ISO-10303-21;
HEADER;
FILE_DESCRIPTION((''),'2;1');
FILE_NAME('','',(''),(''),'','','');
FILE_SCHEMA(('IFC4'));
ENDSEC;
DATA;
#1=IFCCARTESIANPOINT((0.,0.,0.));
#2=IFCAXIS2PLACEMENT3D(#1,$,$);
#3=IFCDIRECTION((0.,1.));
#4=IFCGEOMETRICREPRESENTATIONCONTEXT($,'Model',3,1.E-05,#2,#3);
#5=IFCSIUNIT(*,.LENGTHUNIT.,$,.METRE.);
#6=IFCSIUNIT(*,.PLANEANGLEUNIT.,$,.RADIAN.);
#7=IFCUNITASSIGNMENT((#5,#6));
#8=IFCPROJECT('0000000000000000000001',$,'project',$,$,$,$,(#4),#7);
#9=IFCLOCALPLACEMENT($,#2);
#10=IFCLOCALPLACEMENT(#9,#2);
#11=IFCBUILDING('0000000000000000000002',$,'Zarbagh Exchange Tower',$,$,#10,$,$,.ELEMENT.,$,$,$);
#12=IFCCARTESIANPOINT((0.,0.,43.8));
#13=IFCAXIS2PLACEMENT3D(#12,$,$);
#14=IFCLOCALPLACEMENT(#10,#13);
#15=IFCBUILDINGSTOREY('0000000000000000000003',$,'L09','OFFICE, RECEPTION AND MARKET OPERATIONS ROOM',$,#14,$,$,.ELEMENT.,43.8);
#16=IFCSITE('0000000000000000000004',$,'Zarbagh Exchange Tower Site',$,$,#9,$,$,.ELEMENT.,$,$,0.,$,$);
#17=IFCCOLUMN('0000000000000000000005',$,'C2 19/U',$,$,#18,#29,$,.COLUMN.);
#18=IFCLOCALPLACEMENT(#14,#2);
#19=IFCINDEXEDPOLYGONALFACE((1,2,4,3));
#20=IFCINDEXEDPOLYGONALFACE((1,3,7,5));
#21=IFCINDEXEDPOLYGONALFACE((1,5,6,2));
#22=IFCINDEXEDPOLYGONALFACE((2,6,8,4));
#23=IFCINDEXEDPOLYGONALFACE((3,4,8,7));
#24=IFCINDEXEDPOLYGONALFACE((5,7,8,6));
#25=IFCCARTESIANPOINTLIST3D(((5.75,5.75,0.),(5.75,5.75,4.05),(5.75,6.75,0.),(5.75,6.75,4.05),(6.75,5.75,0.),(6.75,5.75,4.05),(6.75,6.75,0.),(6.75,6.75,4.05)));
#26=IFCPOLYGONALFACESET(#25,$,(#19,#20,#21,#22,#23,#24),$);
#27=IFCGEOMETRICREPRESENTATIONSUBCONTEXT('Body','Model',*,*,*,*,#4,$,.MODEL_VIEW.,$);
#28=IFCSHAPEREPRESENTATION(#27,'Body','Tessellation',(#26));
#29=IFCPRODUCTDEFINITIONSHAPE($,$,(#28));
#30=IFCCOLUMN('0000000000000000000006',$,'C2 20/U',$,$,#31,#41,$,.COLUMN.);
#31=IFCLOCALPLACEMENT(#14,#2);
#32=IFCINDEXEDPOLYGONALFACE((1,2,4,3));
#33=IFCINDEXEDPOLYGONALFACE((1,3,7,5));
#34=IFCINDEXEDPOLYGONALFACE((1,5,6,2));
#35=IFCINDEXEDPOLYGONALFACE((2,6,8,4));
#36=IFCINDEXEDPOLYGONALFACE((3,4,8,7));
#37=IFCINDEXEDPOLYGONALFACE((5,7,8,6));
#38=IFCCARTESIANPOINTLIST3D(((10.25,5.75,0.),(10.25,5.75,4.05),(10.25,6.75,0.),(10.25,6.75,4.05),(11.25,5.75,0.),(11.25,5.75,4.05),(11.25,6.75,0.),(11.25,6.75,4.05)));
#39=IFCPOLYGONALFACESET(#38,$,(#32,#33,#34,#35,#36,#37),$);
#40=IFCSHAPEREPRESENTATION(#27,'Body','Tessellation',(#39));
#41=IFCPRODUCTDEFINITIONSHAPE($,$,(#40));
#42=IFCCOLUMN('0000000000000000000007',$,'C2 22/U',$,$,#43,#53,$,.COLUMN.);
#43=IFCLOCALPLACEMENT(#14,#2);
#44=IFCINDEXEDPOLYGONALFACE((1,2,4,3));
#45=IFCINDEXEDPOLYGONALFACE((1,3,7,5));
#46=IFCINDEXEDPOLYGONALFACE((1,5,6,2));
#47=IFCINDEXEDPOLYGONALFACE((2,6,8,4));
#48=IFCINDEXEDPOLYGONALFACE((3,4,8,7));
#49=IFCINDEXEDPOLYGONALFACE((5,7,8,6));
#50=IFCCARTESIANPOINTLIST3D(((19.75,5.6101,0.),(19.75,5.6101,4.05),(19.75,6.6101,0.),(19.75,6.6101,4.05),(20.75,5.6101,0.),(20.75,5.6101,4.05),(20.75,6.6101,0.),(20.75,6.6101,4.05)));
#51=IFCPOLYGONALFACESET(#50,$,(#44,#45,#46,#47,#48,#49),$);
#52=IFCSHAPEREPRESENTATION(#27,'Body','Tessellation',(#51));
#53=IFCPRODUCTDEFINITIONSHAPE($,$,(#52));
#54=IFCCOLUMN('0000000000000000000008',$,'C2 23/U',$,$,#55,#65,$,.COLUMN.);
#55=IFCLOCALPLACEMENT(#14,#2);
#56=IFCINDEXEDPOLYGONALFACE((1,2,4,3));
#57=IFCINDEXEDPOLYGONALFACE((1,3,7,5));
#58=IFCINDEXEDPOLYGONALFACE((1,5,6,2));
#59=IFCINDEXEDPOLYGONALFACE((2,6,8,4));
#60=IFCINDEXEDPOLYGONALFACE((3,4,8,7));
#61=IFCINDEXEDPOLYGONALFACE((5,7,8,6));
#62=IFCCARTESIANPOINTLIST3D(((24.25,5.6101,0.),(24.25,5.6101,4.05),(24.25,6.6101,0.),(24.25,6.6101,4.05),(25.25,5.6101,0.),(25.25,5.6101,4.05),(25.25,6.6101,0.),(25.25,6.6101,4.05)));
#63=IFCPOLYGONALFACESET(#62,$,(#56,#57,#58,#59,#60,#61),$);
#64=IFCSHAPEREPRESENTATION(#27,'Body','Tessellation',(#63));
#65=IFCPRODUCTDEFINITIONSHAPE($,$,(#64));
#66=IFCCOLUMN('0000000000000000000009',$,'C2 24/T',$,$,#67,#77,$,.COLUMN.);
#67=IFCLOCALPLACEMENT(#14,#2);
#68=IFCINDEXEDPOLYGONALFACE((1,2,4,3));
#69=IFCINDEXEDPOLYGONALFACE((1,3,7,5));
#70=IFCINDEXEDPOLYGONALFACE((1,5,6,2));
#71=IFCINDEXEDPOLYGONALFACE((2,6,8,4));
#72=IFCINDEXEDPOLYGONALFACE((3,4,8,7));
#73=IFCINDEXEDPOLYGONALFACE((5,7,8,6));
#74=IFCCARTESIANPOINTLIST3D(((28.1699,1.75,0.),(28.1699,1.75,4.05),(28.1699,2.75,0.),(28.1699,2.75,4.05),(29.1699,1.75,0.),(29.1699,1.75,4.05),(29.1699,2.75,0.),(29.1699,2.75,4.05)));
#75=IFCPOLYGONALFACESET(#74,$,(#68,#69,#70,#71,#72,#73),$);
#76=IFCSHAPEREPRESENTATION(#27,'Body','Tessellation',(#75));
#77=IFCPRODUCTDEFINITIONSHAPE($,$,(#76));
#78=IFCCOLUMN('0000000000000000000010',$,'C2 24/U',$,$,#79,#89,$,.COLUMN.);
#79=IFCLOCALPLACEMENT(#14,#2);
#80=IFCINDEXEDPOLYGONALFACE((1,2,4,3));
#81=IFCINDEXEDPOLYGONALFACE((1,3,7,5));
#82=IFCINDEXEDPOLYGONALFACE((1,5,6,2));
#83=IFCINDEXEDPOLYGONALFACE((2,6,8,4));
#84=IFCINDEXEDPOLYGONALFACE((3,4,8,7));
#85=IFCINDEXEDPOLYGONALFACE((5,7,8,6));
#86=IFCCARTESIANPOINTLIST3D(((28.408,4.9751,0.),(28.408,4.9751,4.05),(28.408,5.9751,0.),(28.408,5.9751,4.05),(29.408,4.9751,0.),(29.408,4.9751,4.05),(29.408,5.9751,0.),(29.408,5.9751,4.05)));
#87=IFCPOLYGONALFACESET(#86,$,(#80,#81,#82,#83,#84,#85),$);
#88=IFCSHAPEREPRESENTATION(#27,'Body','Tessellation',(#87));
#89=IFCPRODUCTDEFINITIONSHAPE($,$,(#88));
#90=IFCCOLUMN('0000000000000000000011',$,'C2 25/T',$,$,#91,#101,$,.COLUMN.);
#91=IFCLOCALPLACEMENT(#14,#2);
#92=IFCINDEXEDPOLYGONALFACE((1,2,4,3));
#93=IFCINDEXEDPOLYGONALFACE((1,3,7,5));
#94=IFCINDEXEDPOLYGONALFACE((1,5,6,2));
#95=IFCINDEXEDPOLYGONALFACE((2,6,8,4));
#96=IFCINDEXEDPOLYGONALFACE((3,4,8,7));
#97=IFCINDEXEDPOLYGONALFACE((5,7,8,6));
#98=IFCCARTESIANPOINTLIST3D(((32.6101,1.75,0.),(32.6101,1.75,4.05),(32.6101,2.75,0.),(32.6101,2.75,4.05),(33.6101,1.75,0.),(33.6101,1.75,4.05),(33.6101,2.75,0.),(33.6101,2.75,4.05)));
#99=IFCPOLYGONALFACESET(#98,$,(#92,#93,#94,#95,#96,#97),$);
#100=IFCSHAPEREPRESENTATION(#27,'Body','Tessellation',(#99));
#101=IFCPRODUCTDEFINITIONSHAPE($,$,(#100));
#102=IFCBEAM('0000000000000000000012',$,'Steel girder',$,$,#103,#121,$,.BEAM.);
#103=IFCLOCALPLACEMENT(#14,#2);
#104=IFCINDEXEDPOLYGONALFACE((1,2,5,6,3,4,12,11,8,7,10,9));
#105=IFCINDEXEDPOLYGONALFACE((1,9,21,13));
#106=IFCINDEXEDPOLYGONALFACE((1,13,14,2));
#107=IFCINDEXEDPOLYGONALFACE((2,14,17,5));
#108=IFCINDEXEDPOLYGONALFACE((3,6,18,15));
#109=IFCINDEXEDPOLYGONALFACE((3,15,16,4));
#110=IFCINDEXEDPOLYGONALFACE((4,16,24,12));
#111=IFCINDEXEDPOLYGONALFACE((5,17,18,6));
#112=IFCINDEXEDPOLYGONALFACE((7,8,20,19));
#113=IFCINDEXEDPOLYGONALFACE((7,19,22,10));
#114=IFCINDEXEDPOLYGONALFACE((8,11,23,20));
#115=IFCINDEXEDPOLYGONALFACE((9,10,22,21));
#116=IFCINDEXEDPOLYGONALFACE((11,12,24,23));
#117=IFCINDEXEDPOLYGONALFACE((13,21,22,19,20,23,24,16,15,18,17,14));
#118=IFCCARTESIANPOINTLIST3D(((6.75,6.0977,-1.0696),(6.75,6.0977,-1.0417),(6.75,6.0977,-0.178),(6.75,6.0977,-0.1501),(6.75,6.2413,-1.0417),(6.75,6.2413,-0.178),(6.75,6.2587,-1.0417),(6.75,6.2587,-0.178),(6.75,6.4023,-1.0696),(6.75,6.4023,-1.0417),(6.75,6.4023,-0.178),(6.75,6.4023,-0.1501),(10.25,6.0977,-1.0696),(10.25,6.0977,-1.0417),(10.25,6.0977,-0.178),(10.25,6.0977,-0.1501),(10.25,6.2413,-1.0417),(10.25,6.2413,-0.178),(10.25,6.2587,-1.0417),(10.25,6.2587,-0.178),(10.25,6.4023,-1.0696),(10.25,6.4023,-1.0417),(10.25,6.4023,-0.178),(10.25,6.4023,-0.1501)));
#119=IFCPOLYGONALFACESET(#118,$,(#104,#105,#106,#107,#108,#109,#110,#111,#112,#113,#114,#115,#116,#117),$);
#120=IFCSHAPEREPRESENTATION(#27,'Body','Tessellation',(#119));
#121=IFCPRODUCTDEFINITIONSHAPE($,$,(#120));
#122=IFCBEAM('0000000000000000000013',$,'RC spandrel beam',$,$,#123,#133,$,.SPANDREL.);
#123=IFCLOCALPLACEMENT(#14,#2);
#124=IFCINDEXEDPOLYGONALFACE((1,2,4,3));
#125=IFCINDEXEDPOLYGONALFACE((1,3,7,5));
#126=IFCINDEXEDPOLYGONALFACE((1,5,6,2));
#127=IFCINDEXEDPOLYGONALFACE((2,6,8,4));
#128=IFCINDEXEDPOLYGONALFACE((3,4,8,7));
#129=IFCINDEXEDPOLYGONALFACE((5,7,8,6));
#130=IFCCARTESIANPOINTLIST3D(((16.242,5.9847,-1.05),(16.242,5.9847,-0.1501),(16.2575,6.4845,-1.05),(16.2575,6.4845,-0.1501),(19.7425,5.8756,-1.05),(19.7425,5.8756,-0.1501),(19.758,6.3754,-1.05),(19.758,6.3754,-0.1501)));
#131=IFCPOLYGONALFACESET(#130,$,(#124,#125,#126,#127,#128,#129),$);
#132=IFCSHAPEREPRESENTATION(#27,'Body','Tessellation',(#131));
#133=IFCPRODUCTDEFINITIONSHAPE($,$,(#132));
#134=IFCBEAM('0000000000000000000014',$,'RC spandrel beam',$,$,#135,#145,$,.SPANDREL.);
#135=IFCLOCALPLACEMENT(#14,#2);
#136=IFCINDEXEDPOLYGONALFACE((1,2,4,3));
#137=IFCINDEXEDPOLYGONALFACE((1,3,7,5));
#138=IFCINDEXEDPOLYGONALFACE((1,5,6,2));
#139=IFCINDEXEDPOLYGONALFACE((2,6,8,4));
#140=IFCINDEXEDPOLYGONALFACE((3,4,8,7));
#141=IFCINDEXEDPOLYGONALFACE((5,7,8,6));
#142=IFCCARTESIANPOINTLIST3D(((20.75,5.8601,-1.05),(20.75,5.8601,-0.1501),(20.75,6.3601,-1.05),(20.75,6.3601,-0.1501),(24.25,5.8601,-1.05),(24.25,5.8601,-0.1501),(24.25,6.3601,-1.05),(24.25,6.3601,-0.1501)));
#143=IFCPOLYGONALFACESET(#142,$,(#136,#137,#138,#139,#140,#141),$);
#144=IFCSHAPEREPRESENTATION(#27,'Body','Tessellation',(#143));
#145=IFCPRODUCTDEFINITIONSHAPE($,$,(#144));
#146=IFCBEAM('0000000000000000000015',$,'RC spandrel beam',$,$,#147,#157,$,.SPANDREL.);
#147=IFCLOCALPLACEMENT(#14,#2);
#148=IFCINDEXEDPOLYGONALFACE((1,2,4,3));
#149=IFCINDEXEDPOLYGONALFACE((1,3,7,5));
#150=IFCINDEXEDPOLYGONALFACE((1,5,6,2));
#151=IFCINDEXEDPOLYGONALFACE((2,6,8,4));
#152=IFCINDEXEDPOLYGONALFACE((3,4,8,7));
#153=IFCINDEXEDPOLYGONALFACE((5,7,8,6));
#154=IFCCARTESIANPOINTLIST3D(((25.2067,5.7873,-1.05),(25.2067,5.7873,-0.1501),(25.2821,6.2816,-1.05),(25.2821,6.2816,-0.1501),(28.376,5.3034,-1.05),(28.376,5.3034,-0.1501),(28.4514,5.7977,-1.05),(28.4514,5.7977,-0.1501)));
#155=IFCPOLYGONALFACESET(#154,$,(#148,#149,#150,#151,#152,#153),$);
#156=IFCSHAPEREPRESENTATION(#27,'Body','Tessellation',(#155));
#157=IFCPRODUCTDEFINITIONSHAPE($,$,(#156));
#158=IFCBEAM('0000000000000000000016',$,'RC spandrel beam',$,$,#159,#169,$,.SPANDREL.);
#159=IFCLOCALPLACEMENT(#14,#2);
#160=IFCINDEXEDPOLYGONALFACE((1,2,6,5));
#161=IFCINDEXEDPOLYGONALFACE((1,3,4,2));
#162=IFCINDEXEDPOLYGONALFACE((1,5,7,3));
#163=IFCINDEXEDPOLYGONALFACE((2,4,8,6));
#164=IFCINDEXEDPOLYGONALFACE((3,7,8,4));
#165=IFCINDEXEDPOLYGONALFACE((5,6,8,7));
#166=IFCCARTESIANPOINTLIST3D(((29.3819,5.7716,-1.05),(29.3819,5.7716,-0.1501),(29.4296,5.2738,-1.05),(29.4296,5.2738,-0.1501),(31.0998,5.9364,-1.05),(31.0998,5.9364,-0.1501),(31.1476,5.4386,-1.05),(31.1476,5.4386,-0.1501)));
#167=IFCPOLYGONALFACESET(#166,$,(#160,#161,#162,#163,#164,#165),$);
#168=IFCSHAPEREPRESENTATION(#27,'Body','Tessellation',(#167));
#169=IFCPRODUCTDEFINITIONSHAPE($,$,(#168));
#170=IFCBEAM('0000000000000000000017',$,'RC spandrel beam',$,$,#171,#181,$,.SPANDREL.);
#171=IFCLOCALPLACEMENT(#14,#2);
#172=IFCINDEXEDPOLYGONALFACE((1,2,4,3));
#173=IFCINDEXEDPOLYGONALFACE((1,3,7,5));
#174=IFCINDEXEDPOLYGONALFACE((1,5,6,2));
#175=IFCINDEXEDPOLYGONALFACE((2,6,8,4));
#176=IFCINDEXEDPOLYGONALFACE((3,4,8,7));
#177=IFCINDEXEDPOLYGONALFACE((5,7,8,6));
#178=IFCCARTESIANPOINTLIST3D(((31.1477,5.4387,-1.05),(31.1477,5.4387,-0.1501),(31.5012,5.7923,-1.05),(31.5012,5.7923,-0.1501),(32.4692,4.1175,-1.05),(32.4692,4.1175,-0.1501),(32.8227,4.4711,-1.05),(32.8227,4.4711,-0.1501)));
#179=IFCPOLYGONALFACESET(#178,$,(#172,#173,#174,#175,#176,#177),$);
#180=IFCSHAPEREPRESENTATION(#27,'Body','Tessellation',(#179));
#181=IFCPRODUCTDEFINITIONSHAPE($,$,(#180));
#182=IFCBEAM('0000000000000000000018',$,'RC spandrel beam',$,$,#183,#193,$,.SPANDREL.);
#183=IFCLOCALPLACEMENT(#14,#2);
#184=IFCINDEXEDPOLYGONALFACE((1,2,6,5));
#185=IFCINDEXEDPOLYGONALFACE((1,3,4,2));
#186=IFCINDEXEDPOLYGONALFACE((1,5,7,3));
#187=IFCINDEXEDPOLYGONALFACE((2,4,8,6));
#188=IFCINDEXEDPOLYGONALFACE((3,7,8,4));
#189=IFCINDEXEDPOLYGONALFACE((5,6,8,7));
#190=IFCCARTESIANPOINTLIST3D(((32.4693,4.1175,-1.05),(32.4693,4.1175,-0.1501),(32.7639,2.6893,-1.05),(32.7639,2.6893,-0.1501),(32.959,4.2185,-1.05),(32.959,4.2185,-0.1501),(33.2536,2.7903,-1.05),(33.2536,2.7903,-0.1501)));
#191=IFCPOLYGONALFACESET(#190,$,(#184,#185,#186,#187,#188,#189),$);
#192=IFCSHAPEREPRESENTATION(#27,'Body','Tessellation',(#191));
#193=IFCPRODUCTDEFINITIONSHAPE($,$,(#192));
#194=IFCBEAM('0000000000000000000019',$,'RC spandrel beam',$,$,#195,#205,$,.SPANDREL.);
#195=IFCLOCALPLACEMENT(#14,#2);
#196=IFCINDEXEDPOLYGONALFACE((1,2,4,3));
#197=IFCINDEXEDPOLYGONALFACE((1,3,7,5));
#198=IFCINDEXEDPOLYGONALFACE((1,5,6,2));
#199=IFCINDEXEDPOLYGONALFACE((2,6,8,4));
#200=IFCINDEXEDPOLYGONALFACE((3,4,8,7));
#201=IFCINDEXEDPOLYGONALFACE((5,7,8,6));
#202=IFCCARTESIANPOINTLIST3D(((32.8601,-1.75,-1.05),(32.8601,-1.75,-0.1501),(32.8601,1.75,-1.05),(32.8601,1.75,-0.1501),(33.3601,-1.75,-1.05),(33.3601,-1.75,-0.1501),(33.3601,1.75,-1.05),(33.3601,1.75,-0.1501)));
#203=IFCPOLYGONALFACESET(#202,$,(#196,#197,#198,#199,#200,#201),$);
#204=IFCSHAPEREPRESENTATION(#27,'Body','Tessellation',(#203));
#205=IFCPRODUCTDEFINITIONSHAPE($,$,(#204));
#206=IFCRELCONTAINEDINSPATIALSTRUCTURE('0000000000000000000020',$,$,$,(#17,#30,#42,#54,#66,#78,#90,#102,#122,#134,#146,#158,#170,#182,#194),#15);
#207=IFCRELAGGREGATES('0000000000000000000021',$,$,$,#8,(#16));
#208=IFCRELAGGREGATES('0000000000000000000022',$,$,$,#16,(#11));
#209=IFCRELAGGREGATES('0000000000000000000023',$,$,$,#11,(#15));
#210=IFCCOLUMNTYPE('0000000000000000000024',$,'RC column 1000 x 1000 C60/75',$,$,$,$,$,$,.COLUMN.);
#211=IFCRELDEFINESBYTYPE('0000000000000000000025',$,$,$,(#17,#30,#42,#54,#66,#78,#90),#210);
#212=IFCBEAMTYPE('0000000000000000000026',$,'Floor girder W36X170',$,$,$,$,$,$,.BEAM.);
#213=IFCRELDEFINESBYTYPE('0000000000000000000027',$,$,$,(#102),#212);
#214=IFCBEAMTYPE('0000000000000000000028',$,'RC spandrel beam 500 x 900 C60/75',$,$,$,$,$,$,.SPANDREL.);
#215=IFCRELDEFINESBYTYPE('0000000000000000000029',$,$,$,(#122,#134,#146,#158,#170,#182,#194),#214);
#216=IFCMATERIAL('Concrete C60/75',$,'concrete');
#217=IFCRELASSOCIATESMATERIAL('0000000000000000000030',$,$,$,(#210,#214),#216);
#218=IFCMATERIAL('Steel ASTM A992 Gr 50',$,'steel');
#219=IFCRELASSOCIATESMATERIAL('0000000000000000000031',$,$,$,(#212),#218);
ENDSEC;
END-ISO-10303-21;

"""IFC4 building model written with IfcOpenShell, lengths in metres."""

from ifc_helpers import new_model, si_unit, direction, frame, origin, origin_2d, place, context, subcontext, project, spatial, rectangle, i_section, extrude, material, material_profile, profile_set, type_object, element, save


model = new_model("IFC4")

# Units and contexts
model_context = context("Model", 3, precision=1e-05, world=origin(), true_north=direction((0.0, 1.0)))
body_context = subcontext(model_context, "Body", "Model", "MODEL_VIEW")
ifc_project = project(units=[si_unit("LENGTHUNIT", "METRE"), si_unit("PLANEANGLEUNIT", "RADIAN")], contexts=[model_context])

# Site, building, storey
site_placement = place(None, origin())
site = spatial("IfcSite", under=ifc_project, at=site_placement, Name="Zarbagh Exchange Tower Site", CompositionType="ELEMENT", RefElevation=0.0)
building_placement = place(site_placement, origin())
building = spatial("IfcBuilding", under=site, at=building_placement, Name="Zarbagh Exchange Tower", CompositionType="ELEMENT")
storey_placement = place(building_placement, frame((0.0, 0.0, 43.8)))
storey = spatial("IfcBuildingStorey", under=building, at=storey_placement, Name="L09", Description="OFFICE, RECEPTION AND MARKET OPERATIONS ROOM", CompositionType="ELEMENT", Elevation=43.8)

# Columns
ifc_material_1 = material(Name="Concrete C60/75", Category="concrete")
ifc_material_profile_1 = material_profile(ifc_material_1, rectangle(XDim=1.0, YDim=1.0, at=origin_2d()), Name="RC column 1000 x 1000 C60/75")
ifc_profile_set_1 = profile_set([ifc_material_profile_1], Name="Concrete C60/75")
column_type = type_object("IfcColumnType", Name="RC column 1000 x 1000 C60/75", PredefinedType="COLUMN", material=ifc_profile_set_1)
for number, where, z_axis, x_axis, name in (
    (1, (6.25, 6.25, 0.0), (0.0, 0.0, 1.0), (1.0, 0.0, 0.0), "C2 19/U"),
    (2, (10.75, 6.25, 0.0), (0.0, 0.0, 1.0), (1.0, 0.0, 0.0), "C2 20/U"),
    (3, (20.25, 6.1101, 0.0), (0.0, 0.0, 1.0), (1.0, 0.0, 0.0), "C2 22/U"),
    (4, (24.75, 6.1101, 0.0), (0.0, 0.0, 1.0), (1.0, 0.0, 0.0), "C2 23/U"),
    (5, (28.6699, 2.25, 0.0), (0.0, 0.0, 1.0), (1.0, 0.0, 0.0), "C2 24/T"),
    (6, (28.908, 5.4751, 0.0), (0.0, 0.0, 1.0), (1.0, 0.0, 0.0), "C2 24/U"),
    (7, (33.1101, 2.25, 0.0), (0.0, 0.0, 1.0), (1.0, 0.0, 0.0), "C2 25/T"),
):
    element("IfcColumn", number, at=place(storey_placement, frame(where, z_axis=z_axis, x_axis=x_axis)), inside=storey, type_object=column_type, Name=name, PredefinedType="COLUMN", context=body_context, shape_type="SweptSolid", body=[
        extrude(rectangle(XDim=1.0, YDim=1.0, at=origin_2d()), origin(), (0.0, 0.0, 1.0), 4.05),
    ])

# Beams
ifc_material_2 = material(Name="Steel ASTM A992 Gr 50", Category="steel")
ifc_material_profile_2 = material_profile(ifc_material_2, i_section(OverallWidth=0.3047, OverallDepth=0.9194, WebThickness=0.0173, FlangeThickness=0.0278, at=origin_2d()), Name="W36X170")
ifc_profile_set_2 = profile_set([ifc_material_profile_2], Name="Steel ASTM A992 Gr 50")
beam_type_1 = type_object("IfcBeamType", Name="Floor girder W36X170", PredefinedType="BEAM", material=ifc_profile_set_2)
beam_1_placement = place(storey_placement, frame((6.75, 6.25, -0.6099), z_axis=(1.0, 0.0, 0.0), x_axis=(0.0, 1.0, 0.0)))
element("IfcBeam", 8, at=beam_1_placement, inside=storey, type_object=beam_type_1, Name="Steel girder", PredefinedType="BEAM", context=body_context, shape_type="SweptSolid", body=[
    extrude(i_section(OverallWidth=0.3047, OverallDepth=0.9194, WebThickness=0.0173, FlangeThickness=0.0278, at=origin_2d()), origin(), (0.0, 0.0, 1.0), 3.5),
])
ifc_material_profile_3 = material_profile(ifc_material_1, rectangle(XDim=0.5, YDim=0.8999, at=origin_2d()), Name="RC spandrel beam 500 x 900 C60/75")
ifc_profile_set_3 = profile_set([ifc_material_profile_3], Name="Concrete C60/75")
beam_type_2 = type_object("IfcBeamType", Name="RC spandrel beam 500 x 900 C60/75", PredefinedType="SPANDREL", material=ifc_profile_set_3)
beam_2_placement = place(storey_placement, frame((16.2498, 6.2346, -0.6001), z_axis=(0.999514, -0.031161, 0.0), x_axis=(0.031161, 0.999514, 0.0)))
element("IfcBeam", 9, at=beam_2_placement, inside=storey, type_object=beam_type_2, Name="RC spandrel beam", PredefinedType="SPANDREL", context=body_context, shape_type="SweptSolid", body=[
    extrude(rectangle(XDim=0.5, YDim=0.8999, at=origin_2d()), origin(), (0.0, 0.0, 1.0), 3.5022),
])
beam_3_placement = place(storey_placement, frame((20.75, 6.1101, -0.6001), z_axis=(1.0, 0.0, 0.0), x_axis=(0.0, 1.0, 0.0)))
element("IfcBeam", 10, at=beam_3_placement, inside=storey, type_object=beam_type_2, Name="RC spandrel beam", PredefinedType="SPANDREL", context=body_context, shape_type="SweptSolid", body=[
    extrude(rectangle(XDim=0.5, YDim=0.8999, at=origin_2d()), origin(), (0.0, 0.0, 1.0), 3.5),
])
beam_4_placement = place(storey_placement, frame((25.2444, 6.0344, -0.6001), z_axis=(0.988545, -0.150924, 0.0), x_axis=(0.150924, 0.988545, 0.0)))
element("IfcBeam", 11, at=beam_4_placement, inside=storey, type_object=beam_type_2, Name="RC spandrel beam", PredefinedType="SPANDREL", context=body_context, shape_type="SweptSolid", body=[
    extrude(rectangle(XDim=0.5, YDim=0.8999, at=origin_2d()), origin(), (0.0, 0.0, 1.0), 3.2061),
])
beam_5_placement = place(storey_placement, frame((29.4058, 5.5227, -0.6001), z_axis=(0.995431, 0.095483, 0.0), x_axis=(-0.095483, 0.995431, 0.0)))
element("IfcBeam", 12, at=beam_5_placement, inside=storey, type_object=beam_type_2, Name="RC spandrel beam", PredefinedType="SPANDREL", context=body_context, shape_type="SweptSolid", body=[
    extrude(rectangle(XDim=0.5, YDim=0.8999, at=origin_2d()), origin(), (0.0, 0.0, 1.0), 1.7258),
])
beam_6_placement = place(storey_placement, frame((31.3245, 5.6155, -0.6001), z_axis=(0.707172, -0.707041, 0.0), x_axis=(0.707041, 0.707172, 0.0)))
element("IfcBeam", 13, at=beam_6_placement, inside=storey, type_object=beam_type_2, Name="RC spandrel beam", PredefinedType="SPANDREL", context=body_context, shape_type="SweptSolid", body=[
    extrude(rectangle(XDim=0.5, YDim=0.8999, at=origin_2d()), origin(), (0.0, 0.0, 1.0), 1.8687),
])
beam_7_placement = place(storey_placement, frame((32.7141, 4.168, -0.6001), z_axis=(0.202069, -0.979371, 0.0), x_axis=(0.979371, 0.202069, 0.0)))
element("IfcBeam", 14, at=beam_7_placement, inside=storey, type_object=beam_type_2, Name="RC spandrel beam", PredefinedType="SPANDREL", context=body_context, shape_type="SweptSolid", body=[
    extrude(rectangle(XDim=0.5, YDim=0.8999, at=origin_2d()), origin(), (0.0, 0.0, 1.0), 1.4583),
])
beam_8_placement = place(storey_placement, frame((33.1101, 1.75, -0.6001), z_axis=(0.0, -1.0, 0.0), x_axis=(1.0, 0.0, 0.0)))
element("IfcBeam", 15, at=beam_8_placement, inside=storey, type_object=beam_type_2, Name="RC spandrel beam", PredefinedType="SPANDREL", context=body_context, shape_type="SweptSolid", body=[
    extrude(rectangle(XDim=0.5, YDim=0.8999, at=origin_2d()), origin(), (0.0, 0.0, 1.0), 3.5),
])

save(model, "model.ifc")
